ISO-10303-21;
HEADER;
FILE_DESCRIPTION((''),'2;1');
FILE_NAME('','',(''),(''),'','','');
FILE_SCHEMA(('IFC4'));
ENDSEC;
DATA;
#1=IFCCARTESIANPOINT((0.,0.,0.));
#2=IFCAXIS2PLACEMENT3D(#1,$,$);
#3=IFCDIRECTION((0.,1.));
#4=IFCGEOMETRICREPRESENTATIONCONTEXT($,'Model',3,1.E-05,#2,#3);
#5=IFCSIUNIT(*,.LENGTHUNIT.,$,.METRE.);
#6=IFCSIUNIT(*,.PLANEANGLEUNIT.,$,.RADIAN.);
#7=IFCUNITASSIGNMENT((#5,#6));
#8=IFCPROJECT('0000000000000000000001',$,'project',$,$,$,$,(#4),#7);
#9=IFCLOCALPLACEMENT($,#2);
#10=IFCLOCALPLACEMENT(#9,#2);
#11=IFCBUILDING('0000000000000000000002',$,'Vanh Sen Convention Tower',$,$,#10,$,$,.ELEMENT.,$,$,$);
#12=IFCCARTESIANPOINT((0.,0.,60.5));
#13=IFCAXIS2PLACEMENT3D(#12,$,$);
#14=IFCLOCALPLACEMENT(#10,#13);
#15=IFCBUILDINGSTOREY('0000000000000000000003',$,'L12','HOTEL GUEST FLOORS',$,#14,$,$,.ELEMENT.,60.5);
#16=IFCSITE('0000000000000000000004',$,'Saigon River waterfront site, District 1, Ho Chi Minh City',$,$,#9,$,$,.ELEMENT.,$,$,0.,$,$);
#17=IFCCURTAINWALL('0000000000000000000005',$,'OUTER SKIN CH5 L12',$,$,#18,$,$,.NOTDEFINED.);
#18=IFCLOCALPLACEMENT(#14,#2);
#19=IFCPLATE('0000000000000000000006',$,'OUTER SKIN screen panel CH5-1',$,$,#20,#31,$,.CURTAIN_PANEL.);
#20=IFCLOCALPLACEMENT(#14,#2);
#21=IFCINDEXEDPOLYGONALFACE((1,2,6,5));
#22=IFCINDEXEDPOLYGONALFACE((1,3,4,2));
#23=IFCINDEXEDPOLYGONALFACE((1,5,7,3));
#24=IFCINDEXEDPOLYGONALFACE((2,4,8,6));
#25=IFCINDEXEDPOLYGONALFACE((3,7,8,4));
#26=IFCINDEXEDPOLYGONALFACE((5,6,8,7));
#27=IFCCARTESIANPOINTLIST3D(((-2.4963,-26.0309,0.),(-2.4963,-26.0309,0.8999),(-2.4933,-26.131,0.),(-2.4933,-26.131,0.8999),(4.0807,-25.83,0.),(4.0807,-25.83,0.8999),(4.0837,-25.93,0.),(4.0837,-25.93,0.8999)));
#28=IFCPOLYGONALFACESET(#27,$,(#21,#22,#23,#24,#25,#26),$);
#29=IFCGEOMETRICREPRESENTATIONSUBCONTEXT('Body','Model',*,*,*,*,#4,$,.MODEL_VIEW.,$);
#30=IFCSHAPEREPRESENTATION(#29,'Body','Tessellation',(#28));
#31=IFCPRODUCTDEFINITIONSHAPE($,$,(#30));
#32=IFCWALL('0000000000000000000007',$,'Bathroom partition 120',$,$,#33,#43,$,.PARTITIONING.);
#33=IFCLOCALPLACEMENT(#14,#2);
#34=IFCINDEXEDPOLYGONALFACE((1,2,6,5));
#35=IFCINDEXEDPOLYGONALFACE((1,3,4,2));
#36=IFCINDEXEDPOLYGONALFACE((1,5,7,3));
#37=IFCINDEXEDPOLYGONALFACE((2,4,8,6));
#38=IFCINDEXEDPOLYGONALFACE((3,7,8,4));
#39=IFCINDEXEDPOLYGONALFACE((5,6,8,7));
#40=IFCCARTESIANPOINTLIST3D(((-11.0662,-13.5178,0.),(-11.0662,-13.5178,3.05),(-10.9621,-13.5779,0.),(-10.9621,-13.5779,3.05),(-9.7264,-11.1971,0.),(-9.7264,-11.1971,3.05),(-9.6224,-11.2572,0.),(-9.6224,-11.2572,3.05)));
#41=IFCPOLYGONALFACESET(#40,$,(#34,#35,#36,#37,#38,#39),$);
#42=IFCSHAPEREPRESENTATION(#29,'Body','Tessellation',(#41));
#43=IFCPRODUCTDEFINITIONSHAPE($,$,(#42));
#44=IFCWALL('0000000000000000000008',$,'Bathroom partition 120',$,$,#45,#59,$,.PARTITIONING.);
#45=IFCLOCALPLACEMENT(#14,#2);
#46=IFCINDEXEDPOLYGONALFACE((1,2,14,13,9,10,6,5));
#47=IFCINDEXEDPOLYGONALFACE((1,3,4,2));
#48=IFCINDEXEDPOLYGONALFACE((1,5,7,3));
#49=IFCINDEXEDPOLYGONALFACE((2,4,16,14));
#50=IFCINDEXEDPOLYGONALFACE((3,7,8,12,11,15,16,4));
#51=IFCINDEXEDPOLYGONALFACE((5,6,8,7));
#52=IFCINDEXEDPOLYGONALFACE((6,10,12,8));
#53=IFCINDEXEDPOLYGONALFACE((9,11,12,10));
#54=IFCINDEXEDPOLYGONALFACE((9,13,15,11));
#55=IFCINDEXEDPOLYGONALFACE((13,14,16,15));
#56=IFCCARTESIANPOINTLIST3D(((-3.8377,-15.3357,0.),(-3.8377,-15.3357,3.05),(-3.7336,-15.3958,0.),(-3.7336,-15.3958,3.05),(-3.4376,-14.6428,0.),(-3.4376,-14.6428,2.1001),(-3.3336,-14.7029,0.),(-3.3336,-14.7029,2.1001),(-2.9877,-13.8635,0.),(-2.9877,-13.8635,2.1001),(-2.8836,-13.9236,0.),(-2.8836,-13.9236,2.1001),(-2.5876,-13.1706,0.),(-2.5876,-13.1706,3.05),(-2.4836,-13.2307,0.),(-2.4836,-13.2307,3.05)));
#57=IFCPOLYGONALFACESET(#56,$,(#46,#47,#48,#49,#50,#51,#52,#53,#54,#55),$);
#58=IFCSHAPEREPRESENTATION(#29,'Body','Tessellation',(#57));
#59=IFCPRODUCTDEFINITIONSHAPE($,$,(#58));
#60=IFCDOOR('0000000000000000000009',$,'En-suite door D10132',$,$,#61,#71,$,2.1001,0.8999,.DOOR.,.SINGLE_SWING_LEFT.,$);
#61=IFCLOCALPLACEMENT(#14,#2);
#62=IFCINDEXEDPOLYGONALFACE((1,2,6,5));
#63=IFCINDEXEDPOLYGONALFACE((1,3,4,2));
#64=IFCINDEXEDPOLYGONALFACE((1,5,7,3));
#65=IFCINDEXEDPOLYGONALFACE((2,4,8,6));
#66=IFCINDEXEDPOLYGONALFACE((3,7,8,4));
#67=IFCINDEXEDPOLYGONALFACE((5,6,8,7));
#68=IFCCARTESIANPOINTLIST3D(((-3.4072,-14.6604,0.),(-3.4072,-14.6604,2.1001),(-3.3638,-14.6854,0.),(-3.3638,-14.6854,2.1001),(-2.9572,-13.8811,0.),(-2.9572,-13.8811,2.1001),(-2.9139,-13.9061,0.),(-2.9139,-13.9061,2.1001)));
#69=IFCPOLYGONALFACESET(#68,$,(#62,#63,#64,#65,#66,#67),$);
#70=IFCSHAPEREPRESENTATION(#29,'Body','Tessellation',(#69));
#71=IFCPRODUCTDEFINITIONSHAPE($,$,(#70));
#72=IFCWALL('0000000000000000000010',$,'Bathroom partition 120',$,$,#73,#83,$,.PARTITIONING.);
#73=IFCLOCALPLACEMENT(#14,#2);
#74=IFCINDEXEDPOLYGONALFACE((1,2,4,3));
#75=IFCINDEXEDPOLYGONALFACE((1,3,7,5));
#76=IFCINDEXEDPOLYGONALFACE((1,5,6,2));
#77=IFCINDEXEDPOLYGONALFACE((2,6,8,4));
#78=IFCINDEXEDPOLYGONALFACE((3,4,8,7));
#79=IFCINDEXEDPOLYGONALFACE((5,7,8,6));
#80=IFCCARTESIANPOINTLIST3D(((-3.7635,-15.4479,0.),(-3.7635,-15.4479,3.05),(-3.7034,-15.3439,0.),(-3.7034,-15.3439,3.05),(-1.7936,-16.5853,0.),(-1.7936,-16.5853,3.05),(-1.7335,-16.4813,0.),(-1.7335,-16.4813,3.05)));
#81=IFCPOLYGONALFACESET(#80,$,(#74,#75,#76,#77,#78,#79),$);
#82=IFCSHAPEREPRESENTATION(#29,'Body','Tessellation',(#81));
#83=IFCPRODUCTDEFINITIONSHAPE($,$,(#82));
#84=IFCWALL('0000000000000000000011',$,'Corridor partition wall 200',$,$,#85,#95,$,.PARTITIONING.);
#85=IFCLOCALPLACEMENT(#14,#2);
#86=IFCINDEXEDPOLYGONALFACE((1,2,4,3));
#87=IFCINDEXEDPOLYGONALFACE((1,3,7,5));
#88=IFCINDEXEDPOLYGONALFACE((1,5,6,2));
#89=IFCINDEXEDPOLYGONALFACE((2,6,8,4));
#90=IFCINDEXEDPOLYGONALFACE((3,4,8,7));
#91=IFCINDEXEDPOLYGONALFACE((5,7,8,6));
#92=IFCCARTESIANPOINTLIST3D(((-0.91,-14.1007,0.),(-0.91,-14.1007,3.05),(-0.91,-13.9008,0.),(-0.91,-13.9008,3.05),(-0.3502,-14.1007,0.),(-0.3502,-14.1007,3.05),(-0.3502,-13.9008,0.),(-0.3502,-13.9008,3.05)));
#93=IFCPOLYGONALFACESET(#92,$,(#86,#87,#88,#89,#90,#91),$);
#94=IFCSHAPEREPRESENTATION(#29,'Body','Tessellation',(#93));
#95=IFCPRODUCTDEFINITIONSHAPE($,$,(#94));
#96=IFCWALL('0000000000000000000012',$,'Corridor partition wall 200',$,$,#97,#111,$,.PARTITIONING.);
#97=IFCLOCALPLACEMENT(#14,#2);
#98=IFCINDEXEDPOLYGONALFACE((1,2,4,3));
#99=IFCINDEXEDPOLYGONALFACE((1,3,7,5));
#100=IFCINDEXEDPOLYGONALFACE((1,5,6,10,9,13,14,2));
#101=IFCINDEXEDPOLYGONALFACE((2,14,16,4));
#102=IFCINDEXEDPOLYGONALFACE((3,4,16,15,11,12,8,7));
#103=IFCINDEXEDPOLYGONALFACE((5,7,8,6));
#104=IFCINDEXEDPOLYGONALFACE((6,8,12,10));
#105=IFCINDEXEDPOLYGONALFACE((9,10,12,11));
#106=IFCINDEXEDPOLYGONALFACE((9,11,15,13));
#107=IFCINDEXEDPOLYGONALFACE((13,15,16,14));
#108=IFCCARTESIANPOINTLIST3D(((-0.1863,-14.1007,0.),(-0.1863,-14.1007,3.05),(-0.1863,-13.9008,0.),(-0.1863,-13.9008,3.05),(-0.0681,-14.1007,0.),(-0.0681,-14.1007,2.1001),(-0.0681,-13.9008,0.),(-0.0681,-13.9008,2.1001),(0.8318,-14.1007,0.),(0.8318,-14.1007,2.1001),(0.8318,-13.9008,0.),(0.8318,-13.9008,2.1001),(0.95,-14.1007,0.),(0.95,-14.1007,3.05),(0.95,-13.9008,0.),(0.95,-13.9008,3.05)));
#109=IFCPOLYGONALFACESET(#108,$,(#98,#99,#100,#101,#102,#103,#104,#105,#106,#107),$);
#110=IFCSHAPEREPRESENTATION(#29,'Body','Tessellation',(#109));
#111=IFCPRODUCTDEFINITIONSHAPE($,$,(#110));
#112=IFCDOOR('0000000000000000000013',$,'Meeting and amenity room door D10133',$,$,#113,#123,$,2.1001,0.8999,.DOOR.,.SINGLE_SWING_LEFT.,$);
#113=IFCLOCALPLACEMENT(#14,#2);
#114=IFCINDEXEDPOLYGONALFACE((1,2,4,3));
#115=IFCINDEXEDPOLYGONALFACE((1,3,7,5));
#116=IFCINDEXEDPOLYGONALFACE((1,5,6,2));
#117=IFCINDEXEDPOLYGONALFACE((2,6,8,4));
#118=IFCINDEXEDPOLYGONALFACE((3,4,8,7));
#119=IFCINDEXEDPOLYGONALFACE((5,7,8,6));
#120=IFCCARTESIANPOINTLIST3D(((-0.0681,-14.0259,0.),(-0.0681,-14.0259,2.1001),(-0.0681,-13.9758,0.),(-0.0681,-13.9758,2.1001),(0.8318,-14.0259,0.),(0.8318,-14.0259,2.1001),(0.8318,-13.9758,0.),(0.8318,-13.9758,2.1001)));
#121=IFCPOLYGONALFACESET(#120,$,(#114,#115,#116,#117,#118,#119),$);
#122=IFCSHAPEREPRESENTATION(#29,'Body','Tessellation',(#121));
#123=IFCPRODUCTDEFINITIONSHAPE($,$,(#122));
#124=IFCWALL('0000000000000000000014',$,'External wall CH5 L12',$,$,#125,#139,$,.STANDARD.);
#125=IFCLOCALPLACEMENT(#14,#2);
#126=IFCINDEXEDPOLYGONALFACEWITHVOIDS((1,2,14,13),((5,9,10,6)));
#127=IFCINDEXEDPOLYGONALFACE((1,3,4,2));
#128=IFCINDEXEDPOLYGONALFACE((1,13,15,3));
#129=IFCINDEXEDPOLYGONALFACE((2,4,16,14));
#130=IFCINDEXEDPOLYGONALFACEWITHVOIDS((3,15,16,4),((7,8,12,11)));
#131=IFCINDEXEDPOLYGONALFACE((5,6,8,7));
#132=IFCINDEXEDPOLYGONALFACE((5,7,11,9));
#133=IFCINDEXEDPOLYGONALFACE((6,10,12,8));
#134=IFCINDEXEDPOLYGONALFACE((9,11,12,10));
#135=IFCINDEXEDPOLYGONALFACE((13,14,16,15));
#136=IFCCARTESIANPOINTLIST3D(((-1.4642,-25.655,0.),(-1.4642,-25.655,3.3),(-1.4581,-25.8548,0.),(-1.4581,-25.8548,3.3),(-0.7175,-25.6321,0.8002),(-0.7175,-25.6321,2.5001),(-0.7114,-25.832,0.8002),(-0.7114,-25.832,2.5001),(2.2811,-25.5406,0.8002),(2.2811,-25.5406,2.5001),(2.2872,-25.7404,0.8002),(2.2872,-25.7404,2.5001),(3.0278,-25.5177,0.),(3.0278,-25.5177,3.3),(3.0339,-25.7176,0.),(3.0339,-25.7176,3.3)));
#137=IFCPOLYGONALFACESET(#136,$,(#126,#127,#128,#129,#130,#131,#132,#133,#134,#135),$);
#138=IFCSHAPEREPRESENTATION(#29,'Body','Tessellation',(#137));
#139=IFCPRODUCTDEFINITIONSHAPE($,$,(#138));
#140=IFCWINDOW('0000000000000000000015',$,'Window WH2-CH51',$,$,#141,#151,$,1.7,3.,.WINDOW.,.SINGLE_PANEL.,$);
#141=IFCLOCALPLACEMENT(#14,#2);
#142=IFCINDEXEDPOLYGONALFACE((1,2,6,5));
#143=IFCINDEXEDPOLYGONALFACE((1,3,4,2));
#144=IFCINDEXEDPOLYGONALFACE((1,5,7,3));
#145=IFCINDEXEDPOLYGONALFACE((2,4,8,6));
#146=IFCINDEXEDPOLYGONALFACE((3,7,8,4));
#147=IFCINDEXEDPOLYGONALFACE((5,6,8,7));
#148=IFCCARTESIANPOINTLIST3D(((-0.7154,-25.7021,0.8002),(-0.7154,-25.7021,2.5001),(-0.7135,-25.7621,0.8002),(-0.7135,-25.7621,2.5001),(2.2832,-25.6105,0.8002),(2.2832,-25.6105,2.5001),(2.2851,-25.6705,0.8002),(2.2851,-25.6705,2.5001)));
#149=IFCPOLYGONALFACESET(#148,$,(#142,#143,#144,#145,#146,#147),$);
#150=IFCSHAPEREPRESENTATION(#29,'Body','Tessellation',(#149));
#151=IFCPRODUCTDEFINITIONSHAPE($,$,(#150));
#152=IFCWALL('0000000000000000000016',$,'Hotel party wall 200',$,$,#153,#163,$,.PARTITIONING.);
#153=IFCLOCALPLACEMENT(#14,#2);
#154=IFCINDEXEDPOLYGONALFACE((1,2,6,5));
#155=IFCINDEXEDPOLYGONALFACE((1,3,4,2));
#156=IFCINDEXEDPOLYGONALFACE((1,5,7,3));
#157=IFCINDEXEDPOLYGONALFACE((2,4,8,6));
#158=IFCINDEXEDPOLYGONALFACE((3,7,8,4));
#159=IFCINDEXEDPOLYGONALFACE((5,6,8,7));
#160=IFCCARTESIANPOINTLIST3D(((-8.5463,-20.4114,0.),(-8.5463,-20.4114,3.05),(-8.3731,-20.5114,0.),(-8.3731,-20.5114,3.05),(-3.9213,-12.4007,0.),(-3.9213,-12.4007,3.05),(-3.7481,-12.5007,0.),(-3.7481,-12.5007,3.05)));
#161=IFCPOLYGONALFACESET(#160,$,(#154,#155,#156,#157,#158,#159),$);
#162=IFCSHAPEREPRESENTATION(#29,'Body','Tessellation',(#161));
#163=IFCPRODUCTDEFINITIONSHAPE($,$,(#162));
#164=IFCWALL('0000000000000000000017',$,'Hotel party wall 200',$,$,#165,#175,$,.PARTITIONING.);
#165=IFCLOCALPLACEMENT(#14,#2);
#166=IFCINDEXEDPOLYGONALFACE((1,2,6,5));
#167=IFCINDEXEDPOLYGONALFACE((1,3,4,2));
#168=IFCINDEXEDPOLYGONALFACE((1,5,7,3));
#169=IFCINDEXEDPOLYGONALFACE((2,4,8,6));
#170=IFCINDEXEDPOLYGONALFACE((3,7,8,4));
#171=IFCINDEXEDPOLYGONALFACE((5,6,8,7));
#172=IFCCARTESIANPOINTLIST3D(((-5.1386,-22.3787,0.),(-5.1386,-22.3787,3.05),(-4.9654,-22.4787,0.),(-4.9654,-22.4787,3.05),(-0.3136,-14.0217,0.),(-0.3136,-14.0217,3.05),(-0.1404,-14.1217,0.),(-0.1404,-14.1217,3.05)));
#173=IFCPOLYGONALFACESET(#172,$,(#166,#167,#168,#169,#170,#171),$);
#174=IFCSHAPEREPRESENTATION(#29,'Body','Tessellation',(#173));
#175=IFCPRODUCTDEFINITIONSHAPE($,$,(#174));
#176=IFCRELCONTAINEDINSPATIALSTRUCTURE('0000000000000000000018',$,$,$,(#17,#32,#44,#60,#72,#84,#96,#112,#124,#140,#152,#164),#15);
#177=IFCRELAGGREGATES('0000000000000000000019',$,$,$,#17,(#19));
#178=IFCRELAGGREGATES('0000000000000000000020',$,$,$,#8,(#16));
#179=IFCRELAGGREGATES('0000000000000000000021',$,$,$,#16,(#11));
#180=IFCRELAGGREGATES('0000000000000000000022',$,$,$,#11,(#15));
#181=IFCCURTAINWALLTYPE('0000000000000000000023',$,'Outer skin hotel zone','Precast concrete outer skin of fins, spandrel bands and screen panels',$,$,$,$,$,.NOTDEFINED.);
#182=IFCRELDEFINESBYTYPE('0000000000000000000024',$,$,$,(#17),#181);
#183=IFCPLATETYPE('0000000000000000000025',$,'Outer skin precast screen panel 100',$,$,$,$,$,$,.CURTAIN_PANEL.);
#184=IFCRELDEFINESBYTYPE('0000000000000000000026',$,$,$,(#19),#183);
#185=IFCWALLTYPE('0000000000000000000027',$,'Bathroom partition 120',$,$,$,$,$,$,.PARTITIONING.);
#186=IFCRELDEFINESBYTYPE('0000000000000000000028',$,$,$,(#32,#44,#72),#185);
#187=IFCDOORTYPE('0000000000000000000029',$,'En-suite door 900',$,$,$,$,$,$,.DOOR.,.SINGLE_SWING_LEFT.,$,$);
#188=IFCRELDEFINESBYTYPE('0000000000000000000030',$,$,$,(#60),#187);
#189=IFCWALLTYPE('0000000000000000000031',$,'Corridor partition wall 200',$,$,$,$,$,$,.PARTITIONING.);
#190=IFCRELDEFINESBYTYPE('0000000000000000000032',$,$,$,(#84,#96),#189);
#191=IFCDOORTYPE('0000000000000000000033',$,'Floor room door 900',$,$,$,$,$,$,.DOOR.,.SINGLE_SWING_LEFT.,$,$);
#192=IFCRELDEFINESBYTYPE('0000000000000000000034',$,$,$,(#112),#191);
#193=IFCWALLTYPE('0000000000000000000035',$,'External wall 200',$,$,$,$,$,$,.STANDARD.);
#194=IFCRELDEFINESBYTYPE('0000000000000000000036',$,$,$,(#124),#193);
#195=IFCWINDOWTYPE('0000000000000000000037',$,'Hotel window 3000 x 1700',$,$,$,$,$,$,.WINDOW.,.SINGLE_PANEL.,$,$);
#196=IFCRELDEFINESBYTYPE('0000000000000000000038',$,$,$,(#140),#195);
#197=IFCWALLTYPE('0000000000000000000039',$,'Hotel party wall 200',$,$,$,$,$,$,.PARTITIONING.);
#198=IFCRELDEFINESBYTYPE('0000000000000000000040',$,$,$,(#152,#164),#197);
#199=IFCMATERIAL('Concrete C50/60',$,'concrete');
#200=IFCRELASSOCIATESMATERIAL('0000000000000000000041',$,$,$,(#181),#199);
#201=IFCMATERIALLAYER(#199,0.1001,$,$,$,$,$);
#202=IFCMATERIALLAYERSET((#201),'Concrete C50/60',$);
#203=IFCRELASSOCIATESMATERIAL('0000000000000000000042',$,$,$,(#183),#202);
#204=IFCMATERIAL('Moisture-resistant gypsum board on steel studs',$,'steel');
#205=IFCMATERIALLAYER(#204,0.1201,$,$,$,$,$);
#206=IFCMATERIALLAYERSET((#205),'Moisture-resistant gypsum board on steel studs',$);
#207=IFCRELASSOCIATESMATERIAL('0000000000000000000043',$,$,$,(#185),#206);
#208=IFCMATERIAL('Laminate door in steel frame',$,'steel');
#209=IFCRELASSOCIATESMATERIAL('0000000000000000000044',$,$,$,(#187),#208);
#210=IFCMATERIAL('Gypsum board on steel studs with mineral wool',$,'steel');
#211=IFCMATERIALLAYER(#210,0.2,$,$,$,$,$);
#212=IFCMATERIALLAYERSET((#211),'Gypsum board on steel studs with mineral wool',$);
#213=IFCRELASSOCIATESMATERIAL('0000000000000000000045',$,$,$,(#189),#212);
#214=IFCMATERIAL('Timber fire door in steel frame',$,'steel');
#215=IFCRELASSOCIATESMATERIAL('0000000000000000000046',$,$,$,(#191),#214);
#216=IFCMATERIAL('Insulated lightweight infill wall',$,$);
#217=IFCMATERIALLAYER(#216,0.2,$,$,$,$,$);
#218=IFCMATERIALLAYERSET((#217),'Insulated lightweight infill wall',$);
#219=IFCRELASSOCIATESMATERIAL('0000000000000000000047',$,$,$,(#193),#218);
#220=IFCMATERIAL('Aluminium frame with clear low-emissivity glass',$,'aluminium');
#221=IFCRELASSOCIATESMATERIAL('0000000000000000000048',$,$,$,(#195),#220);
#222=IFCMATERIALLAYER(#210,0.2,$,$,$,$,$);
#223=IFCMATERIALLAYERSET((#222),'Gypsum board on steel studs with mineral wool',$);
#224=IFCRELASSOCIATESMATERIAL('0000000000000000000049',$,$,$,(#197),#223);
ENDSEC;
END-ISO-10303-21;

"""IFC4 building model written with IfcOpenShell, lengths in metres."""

from ifc_helpers import new_model, si_unit, direction, frame, frame_2d, origin, origin_2d, place, context, subcontext, project, spatial, rectangle, extrude, material, layer, layer_set, type_object, element, fill, aggregate, save


model = new_model("IFC4")

# Units and contexts
model_context = context("Model", 3, precision=1e-05, world=origin(), true_north=direction((0.0, 1.0)))
body_context = subcontext(model_context, "Body", "Model", "MODEL_VIEW")
ifc_project = project(units=[si_unit("LENGTHUNIT", "METRE"), si_unit("PLANEANGLEUNIT", "RADIAN")], contexts=[model_context])

# Site, building, storey
site_placement = place(None, origin())
site = spatial("IfcSite", under=ifc_project, at=site_placement, Name="Saigon River waterfront site, District 1, Ho Chi Minh City", CompositionType="ELEMENT", RefElevation=0.0)
building_placement = place(site_placement, origin())
building = spatial("IfcBuilding", under=site, at=building_placement, Name="Vanh Sen Convention Tower", CompositionType="ELEMENT")
storey_placement = place(building_placement, frame((0.0, 0.0, 60.5)))
storey = spatial("IfcBuildingStorey", under=building, at=storey_placement, Name="L12", Description="HOTEL GUEST FLOORS", CompositionType="ELEMENT", Elevation=60.5)

# Shared definitions
ifc_material_1 = material(Name="Concrete C50/60", Category="concrete")
curtain_wall_type = type_object("IfcCurtainWallType", Name="Outer skin hotel zone", Description="Precast concrete outer skin of fins, spandrel bands and screen panels", PredefinedType="NOTDEFINED", material=ifc_material_1)

# Curtain wall
curtain_wall_1_placement = place(storey_placement, origin())
curtain_wall_1 = element("IfcCurtainWall", 1, at=curtain_wall_1_placement, inside=storey, type_object=curtain_wall_type, Name="OUTER SKIN CH5 L12", PredefinedType="NOTDEFINED")

# Plate
ifc_layer_1 = layer(ifc_material_1, 0.1001)
ifc_layer_set_1 = layer_set([ifc_layer_1], Name="Concrete C50/60")
plate_type = type_object("IfcPlateType", Name="Outer skin precast screen panel 100", PredefinedType="CURTAIN_PANEL", material=ifc_layer_set_1)
plate_1_placement = place(storey_placement, frame((0.7937, -25.9805, 0.0), z_axis=(0.0, 0.0, 1.0), x_axis=(0.999533, 0.030542, 0.0)))
plate_1 = element("IfcPlate", 2, at=plate_1_placement, type_object=plate_type, Name="OUTER SKIN screen panel CH5-1", PredefinedType="CURTAIN_PANEL", context=body_context, shape_type="SweptSolid", body=[
    extrude(rectangle(XDim=6.5801, YDim=0.1001, at=origin_2d()), origin(), (0.0, 0.0, 1.0), 0.8999),
])
aggregate(curtain_wall_1, [plate_1])

# Wall
ifc_material_2 = material(Name="Moisture-resistant gypsum board on steel studs", Category="steel")
ifc_layer_2 = layer(ifc_material_2, 0.1201)
ifc_layer_set_2 = layer_set([ifc_layer_2], Name="Moisture-resistant gypsum board on steel studs")
wall_type_1 = type_object("IfcWallType", Name="Bathroom partition 120", PredefinedType="PARTITIONING", material=ifc_layer_set_2)
wall_1_placement = place(storey_placement, frame((-11.0142, -13.5479, 0.0), z_axis=(0.0, 0.0, 1.0), x_axis=(0.49998, 0.866037, 0.0)))
element("IfcWall", 3, at=wall_1_placement, inside=storey, type_object=wall_type_1, Name="Bathroom partition 120", PredefinedType="PARTITIONING", context=body_context, shape_type="SweptSolid", body=[
    extrude(rectangle(XDim=2.6797, YDim=0.1201, at=frame_2d((1.3398, 0.0))), origin(), (0.0, 0.0, 1.0), 3.05),
])

# Wall, opening, door
wall_2_placement = place(storey_placement, frame((-3.7856, -15.3657, 0.0), z_axis=(0.0, 0.0, 1.0), x_axis=(0.500004, 0.866023, 0.0)))
wall_2 = element("IfcWall", 4, at=wall_2_placement, inside=storey, type_object=wall_type_1, Name="Bathroom partition 120", PredefinedType="PARTITIONING", context=body_context, shape_type="SweptSolid", body=[
    extrude(rectangle(XDim=2.5, YDim=0.1201, at=frame_2d((1.25, 0.0))), origin(), (0.0, 0.0, 1.0), 3.05),
])
opening_1_placement = place(wall_2_placement, frame((0.8, 0.0, 0.0)))
opening_1 = element("IfcOpeningElement", 5, at=opening_1_placement, cuts=wall_2, PredefinedType="OPENING", context=body_context, shape_type="SweptSolid", body=[
    extrude(rectangle(XDim=0.8999, YDim=2.1001, at=frame_2d((0.45, 1.05))), frame((0.0, 0.0701, 0.0), z_axis=(0.0, -1.0, 0.0), x_axis=(1.0, 0.0, 0.0)), (0.0, 0.0, 1.0), 0.1401),
])
ifc_material_3 = material(Name="Laminate door in steel frame", Category="steel")
door_type_1 = type_object("IfcDoorType", Name="En-suite door 900", OperationType="SINGLE_SWING_LEFT", PredefinedType="DOOR", material=ifc_material_3)
door_1_placement = place(opening_1_placement, origin())
door_1 = element("IfcDoor", 6, at=door_1_placement, inside=storey, type_object=door_type_1, Name="En-suite door D10132", OperationType="SINGLE_SWING_LEFT", OverallHeight=2.1001, OverallWidth=0.8999, PredefinedType="DOOR", context=body_context, shape_type="SweptSolid", body=[
    extrude(rectangle(XDim=0.8999, YDim=2.1001, at=frame_2d((0.45, 1.05))), frame((0.0, 0.0249, 0.0), z_axis=(0.0, -1.0, 0.0), x_axis=(1.0, 0.0, 0.0)), (0.0, 0.0, 1.0), 0.05),
])
fill(opening_1, door_1)

# Walls
wall_3_placement = place(storey_placement, frame((-1.7637, -16.5332, 0.0), z_axis=(0.0, 0.0, 1.0), x_axis=(-0.866009, 0.500029, 0.0)))
element("IfcWall", 7, at=wall_3_placement, inside=storey, type_object=wall_type_1, Name="Bathroom partition 120", PredefinedType="PARTITIONING", context=body_context, shape_type="SweptSolid", body=[
    extrude(rectangle(XDim=2.2747, YDim=0.1201, at=frame_2d((1.1372, 0.0))), origin(), (0.0, 0.0, 1.0), 3.05),
])
ifc_material_4 = material(Name="Gypsum board on steel studs with mineral wool", Category="steel")
ifc_layer_3 = layer(ifc_material_4, 0.2)
ifc_layer_set_3 = layer_set([ifc_layer_3], Name="Gypsum board on steel studs with mineral wool")
wall_type_2 = type_object("IfcWallType", Name="Corridor partition wall 200", PredefinedType="PARTITIONING", material=ifc_layer_set_3)
wall_4_placement = place(storey_placement, frame((-0.9099, -14.0007, 0.0), z_axis=(0.0, 0.0, 1.0), x_axis=(1.0, 0.0, 0.0)))
element("IfcWall", 8, at=wall_4_placement, inside=storey, type_object=wall_type_2, Name="Corridor partition wall 200", PredefinedType="PARTITIONING", context=body_context, shape_type="SweptSolid", body=[
    extrude(rectangle(XDim=0.5598, YDim=0.2, at=frame_2d((0.2798, 0.0))), origin(), (0.0, 0.0, 1.0), 3.05),
])

# Wall, opening, door
wall_5_placement = place(storey_placement, frame((-0.1863, -14.0007, 0.0), z_axis=(0.0, 0.0, 1.0), x_axis=(1.0, 0.0, 0.0)))
wall_5 = element("IfcWall", 9, at=wall_5_placement, inside=storey, type_object=wall_type_2, Name="Corridor partition wall 200", PredefinedType="PARTITIONING", context=body_context, shape_type="SweptSolid", body=[
    extrude(rectangle(XDim=1.1362, YDim=0.2, at=frame_2d((0.5681, 0.0))), origin(), (0.0, 0.0, 1.0), 3.05),
])
opening_2_placement = place(wall_5_placement, frame((0.1182, 0.0, 0.0)))
opening_2 = element("IfcOpeningElement", 10, at=opening_2_placement, cuts=wall_5, PredefinedType="OPENING", context=body_context, shape_type="SweptSolid", body=[
    extrude(rectangle(XDim=0.8999, YDim=2.1001, at=frame_2d((0.45, 1.05))), frame((0.0, 0.1099, 0.0), z_axis=(0.0, -1.0, 0.0), x_axis=(1.0, 0.0, 0.0)), (0.0, 0.0, 1.0), 0.22),
])
ifc_material_5 = material(Name="Timber fire door in steel frame", Category="steel")
door_type_2 = type_object("IfcDoorType", Name="Floor room door 900", OperationType="SINGLE_SWING_LEFT", PredefinedType="DOOR", material=ifc_material_5)
door_2_placement = place(opening_2_placement, origin())
door_2 = element("IfcDoor", 11, at=door_2_placement, inside=storey, type_object=door_type_2, Name="Meeting and amenity room door D10133", OperationType="SINGLE_SWING_LEFT", OverallHeight=2.1001, OverallWidth=0.8999, PredefinedType="DOOR", context=body_context, shape_type="SweptSolid", body=[
    extrude(rectangle(XDim=0.8999, YDim=2.1001, at=frame_2d((0.45, 1.05))), frame((0.0, 0.0249, 0.0), z_axis=(0.0, -1.0, 0.0), x_axis=(1.0, 0.0, 0.0)), (0.0, 0.0, 1.0), 0.05),
])
fill(opening_2, door_2)

# Wall, opening, window
ifc_material_6 = material(Name="Insulated lightweight infill wall")
ifc_layer_4 = layer(ifc_material_6, 0.2)
ifc_layer_set_4 = layer_set([ifc_layer_4], Name="Insulated lightweight infill wall")
wall_type_3 = type_object("IfcWallType", Name="External wall 200", PredefinedType="STANDARD", material=ifc_layer_set_4)
wall_6_placement = place(storey_placement, frame((-1.4612, -25.7549, 0.0), z_axis=(0.0, 0.0, 1.0), x_axis=(0.999534, 0.030531, 0.0)))
wall_6 = element("IfcWall", 12, at=wall_6_placement, inside=storey, type_object=wall_type_3, Name="External wall CH5 L12", PredefinedType="STANDARD", context=body_context, shape_type="SweptSolid", body=[
    extrude(rectangle(XDim=4.4941, YDim=0.2, at=frame_2d((2.2471, 0.0))), origin(), (0.0, 0.0, 1.0), 3.3),
])
opening_3_placement = place(wall_6_placement, frame((0.7471, 0.0, 0.8)))
opening_3 = element("IfcOpeningElement", 13, at=opening_3_placement, cuts=wall_6, PredefinedType="OPENING", context=body_context, shape_type="SweptSolid", body=[
    extrude(rectangle(XDim=3.0, YDim=1.7, at=frame_2d((1.5, 0.8501))), frame((0.0, 0.1099, 0.0), z_axis=(0.0, -1.0, 0.0), x_axis=(1.0, 0.0, 0.0)), (0.0, 0.0, 1.0), 0.22),
])
ifc_material_7 = material(Name="Aluminium frame with clear low-emissivity glass", Category="aluminium")
window_type = type_object("IfcWindowType", Name="Hotel window 3000 x 1700", PartitioningType="SINGLE_PANEL", PredefinedType="WINDOW", material=ifc_material_7)
window_placement = place(opening_3_placement, origin())
window = element("IfcWindow", 14, at=window_placement, inside=storey, type_object=window_type, Name="Window WH2-CH51", OverallHeight=1.7, OverallWidth=3.0, PartitioningType="SINGLE_PANEL", PredefinedType="WINDOW", context=body_context, shape_type="SweptSolid", body=[
    extrude(rectangle(XDim=3.0, YDim=1.7, at=frame_2d((1.5, 0.8501))), frame((0.0, 0.03, 0.0), z_axis=(0.0, -1.0, 0.0), x_axis=(1.0, 0.0, 0.0)), (0.0, 0.0, 1.0), 0.0601),
])
fill(opening_3, window)

# Walls
ifc_layer_5 = layer(ifc_material_4, 0.2)
ifc_layer_set_5 = layer_set([ifc_layer_5], Name="Gypsum board on steel studs with mineral wool")
wall_type_4 = type_object("IfcWallType", Name="Hotel party wall 200", PredefinedType="PARTITIONING", material=ifc_layer_set_5)
wall_7_placement = place(storey_placement, frame((-8.4597, -20.4614, 0.0), z_axis=(0.0, 0.0, 1.0), x_axis=(0.5, 0.866026, 0.0)))
element("IfcWall", 15, at=wall_7_placement, inside=storey, type_object=wall_type_4, Name="Hotel party wall 200", PredefinedType="PARTITIONING", context=body_context, shape_type="SweptSolid", body=[
    extrude(rectangle(XDim=9.25, YDim=0.2, at=frame_2d((4.625, 0.0))), origin(), (0.0, 0.0, 1.0), 3.05),
])
wall_8_placement = place(storey_placement, frame((-5.052, -22.4287, 0.0), z_axis=(0.0, 0.0, 1.0), x_axis=(0.500006, 0.866022, 0.0)))
element("IfcWall", 16, at=wall_8_placement, inside=storey, type_object=wall_type_4, Name="Hotel party wall 200", PredefinedType="PARTITIONING", context=body_context, shape_type="SweptSolid", body=[
    extrude(rectangle(XDim=9.6499, YDim=0.2, at=frame_2d((4.825, 0.0))), origin(), (0.0, 0.0, 1.0), 3.05),
])

save(model, "model.ifc")
